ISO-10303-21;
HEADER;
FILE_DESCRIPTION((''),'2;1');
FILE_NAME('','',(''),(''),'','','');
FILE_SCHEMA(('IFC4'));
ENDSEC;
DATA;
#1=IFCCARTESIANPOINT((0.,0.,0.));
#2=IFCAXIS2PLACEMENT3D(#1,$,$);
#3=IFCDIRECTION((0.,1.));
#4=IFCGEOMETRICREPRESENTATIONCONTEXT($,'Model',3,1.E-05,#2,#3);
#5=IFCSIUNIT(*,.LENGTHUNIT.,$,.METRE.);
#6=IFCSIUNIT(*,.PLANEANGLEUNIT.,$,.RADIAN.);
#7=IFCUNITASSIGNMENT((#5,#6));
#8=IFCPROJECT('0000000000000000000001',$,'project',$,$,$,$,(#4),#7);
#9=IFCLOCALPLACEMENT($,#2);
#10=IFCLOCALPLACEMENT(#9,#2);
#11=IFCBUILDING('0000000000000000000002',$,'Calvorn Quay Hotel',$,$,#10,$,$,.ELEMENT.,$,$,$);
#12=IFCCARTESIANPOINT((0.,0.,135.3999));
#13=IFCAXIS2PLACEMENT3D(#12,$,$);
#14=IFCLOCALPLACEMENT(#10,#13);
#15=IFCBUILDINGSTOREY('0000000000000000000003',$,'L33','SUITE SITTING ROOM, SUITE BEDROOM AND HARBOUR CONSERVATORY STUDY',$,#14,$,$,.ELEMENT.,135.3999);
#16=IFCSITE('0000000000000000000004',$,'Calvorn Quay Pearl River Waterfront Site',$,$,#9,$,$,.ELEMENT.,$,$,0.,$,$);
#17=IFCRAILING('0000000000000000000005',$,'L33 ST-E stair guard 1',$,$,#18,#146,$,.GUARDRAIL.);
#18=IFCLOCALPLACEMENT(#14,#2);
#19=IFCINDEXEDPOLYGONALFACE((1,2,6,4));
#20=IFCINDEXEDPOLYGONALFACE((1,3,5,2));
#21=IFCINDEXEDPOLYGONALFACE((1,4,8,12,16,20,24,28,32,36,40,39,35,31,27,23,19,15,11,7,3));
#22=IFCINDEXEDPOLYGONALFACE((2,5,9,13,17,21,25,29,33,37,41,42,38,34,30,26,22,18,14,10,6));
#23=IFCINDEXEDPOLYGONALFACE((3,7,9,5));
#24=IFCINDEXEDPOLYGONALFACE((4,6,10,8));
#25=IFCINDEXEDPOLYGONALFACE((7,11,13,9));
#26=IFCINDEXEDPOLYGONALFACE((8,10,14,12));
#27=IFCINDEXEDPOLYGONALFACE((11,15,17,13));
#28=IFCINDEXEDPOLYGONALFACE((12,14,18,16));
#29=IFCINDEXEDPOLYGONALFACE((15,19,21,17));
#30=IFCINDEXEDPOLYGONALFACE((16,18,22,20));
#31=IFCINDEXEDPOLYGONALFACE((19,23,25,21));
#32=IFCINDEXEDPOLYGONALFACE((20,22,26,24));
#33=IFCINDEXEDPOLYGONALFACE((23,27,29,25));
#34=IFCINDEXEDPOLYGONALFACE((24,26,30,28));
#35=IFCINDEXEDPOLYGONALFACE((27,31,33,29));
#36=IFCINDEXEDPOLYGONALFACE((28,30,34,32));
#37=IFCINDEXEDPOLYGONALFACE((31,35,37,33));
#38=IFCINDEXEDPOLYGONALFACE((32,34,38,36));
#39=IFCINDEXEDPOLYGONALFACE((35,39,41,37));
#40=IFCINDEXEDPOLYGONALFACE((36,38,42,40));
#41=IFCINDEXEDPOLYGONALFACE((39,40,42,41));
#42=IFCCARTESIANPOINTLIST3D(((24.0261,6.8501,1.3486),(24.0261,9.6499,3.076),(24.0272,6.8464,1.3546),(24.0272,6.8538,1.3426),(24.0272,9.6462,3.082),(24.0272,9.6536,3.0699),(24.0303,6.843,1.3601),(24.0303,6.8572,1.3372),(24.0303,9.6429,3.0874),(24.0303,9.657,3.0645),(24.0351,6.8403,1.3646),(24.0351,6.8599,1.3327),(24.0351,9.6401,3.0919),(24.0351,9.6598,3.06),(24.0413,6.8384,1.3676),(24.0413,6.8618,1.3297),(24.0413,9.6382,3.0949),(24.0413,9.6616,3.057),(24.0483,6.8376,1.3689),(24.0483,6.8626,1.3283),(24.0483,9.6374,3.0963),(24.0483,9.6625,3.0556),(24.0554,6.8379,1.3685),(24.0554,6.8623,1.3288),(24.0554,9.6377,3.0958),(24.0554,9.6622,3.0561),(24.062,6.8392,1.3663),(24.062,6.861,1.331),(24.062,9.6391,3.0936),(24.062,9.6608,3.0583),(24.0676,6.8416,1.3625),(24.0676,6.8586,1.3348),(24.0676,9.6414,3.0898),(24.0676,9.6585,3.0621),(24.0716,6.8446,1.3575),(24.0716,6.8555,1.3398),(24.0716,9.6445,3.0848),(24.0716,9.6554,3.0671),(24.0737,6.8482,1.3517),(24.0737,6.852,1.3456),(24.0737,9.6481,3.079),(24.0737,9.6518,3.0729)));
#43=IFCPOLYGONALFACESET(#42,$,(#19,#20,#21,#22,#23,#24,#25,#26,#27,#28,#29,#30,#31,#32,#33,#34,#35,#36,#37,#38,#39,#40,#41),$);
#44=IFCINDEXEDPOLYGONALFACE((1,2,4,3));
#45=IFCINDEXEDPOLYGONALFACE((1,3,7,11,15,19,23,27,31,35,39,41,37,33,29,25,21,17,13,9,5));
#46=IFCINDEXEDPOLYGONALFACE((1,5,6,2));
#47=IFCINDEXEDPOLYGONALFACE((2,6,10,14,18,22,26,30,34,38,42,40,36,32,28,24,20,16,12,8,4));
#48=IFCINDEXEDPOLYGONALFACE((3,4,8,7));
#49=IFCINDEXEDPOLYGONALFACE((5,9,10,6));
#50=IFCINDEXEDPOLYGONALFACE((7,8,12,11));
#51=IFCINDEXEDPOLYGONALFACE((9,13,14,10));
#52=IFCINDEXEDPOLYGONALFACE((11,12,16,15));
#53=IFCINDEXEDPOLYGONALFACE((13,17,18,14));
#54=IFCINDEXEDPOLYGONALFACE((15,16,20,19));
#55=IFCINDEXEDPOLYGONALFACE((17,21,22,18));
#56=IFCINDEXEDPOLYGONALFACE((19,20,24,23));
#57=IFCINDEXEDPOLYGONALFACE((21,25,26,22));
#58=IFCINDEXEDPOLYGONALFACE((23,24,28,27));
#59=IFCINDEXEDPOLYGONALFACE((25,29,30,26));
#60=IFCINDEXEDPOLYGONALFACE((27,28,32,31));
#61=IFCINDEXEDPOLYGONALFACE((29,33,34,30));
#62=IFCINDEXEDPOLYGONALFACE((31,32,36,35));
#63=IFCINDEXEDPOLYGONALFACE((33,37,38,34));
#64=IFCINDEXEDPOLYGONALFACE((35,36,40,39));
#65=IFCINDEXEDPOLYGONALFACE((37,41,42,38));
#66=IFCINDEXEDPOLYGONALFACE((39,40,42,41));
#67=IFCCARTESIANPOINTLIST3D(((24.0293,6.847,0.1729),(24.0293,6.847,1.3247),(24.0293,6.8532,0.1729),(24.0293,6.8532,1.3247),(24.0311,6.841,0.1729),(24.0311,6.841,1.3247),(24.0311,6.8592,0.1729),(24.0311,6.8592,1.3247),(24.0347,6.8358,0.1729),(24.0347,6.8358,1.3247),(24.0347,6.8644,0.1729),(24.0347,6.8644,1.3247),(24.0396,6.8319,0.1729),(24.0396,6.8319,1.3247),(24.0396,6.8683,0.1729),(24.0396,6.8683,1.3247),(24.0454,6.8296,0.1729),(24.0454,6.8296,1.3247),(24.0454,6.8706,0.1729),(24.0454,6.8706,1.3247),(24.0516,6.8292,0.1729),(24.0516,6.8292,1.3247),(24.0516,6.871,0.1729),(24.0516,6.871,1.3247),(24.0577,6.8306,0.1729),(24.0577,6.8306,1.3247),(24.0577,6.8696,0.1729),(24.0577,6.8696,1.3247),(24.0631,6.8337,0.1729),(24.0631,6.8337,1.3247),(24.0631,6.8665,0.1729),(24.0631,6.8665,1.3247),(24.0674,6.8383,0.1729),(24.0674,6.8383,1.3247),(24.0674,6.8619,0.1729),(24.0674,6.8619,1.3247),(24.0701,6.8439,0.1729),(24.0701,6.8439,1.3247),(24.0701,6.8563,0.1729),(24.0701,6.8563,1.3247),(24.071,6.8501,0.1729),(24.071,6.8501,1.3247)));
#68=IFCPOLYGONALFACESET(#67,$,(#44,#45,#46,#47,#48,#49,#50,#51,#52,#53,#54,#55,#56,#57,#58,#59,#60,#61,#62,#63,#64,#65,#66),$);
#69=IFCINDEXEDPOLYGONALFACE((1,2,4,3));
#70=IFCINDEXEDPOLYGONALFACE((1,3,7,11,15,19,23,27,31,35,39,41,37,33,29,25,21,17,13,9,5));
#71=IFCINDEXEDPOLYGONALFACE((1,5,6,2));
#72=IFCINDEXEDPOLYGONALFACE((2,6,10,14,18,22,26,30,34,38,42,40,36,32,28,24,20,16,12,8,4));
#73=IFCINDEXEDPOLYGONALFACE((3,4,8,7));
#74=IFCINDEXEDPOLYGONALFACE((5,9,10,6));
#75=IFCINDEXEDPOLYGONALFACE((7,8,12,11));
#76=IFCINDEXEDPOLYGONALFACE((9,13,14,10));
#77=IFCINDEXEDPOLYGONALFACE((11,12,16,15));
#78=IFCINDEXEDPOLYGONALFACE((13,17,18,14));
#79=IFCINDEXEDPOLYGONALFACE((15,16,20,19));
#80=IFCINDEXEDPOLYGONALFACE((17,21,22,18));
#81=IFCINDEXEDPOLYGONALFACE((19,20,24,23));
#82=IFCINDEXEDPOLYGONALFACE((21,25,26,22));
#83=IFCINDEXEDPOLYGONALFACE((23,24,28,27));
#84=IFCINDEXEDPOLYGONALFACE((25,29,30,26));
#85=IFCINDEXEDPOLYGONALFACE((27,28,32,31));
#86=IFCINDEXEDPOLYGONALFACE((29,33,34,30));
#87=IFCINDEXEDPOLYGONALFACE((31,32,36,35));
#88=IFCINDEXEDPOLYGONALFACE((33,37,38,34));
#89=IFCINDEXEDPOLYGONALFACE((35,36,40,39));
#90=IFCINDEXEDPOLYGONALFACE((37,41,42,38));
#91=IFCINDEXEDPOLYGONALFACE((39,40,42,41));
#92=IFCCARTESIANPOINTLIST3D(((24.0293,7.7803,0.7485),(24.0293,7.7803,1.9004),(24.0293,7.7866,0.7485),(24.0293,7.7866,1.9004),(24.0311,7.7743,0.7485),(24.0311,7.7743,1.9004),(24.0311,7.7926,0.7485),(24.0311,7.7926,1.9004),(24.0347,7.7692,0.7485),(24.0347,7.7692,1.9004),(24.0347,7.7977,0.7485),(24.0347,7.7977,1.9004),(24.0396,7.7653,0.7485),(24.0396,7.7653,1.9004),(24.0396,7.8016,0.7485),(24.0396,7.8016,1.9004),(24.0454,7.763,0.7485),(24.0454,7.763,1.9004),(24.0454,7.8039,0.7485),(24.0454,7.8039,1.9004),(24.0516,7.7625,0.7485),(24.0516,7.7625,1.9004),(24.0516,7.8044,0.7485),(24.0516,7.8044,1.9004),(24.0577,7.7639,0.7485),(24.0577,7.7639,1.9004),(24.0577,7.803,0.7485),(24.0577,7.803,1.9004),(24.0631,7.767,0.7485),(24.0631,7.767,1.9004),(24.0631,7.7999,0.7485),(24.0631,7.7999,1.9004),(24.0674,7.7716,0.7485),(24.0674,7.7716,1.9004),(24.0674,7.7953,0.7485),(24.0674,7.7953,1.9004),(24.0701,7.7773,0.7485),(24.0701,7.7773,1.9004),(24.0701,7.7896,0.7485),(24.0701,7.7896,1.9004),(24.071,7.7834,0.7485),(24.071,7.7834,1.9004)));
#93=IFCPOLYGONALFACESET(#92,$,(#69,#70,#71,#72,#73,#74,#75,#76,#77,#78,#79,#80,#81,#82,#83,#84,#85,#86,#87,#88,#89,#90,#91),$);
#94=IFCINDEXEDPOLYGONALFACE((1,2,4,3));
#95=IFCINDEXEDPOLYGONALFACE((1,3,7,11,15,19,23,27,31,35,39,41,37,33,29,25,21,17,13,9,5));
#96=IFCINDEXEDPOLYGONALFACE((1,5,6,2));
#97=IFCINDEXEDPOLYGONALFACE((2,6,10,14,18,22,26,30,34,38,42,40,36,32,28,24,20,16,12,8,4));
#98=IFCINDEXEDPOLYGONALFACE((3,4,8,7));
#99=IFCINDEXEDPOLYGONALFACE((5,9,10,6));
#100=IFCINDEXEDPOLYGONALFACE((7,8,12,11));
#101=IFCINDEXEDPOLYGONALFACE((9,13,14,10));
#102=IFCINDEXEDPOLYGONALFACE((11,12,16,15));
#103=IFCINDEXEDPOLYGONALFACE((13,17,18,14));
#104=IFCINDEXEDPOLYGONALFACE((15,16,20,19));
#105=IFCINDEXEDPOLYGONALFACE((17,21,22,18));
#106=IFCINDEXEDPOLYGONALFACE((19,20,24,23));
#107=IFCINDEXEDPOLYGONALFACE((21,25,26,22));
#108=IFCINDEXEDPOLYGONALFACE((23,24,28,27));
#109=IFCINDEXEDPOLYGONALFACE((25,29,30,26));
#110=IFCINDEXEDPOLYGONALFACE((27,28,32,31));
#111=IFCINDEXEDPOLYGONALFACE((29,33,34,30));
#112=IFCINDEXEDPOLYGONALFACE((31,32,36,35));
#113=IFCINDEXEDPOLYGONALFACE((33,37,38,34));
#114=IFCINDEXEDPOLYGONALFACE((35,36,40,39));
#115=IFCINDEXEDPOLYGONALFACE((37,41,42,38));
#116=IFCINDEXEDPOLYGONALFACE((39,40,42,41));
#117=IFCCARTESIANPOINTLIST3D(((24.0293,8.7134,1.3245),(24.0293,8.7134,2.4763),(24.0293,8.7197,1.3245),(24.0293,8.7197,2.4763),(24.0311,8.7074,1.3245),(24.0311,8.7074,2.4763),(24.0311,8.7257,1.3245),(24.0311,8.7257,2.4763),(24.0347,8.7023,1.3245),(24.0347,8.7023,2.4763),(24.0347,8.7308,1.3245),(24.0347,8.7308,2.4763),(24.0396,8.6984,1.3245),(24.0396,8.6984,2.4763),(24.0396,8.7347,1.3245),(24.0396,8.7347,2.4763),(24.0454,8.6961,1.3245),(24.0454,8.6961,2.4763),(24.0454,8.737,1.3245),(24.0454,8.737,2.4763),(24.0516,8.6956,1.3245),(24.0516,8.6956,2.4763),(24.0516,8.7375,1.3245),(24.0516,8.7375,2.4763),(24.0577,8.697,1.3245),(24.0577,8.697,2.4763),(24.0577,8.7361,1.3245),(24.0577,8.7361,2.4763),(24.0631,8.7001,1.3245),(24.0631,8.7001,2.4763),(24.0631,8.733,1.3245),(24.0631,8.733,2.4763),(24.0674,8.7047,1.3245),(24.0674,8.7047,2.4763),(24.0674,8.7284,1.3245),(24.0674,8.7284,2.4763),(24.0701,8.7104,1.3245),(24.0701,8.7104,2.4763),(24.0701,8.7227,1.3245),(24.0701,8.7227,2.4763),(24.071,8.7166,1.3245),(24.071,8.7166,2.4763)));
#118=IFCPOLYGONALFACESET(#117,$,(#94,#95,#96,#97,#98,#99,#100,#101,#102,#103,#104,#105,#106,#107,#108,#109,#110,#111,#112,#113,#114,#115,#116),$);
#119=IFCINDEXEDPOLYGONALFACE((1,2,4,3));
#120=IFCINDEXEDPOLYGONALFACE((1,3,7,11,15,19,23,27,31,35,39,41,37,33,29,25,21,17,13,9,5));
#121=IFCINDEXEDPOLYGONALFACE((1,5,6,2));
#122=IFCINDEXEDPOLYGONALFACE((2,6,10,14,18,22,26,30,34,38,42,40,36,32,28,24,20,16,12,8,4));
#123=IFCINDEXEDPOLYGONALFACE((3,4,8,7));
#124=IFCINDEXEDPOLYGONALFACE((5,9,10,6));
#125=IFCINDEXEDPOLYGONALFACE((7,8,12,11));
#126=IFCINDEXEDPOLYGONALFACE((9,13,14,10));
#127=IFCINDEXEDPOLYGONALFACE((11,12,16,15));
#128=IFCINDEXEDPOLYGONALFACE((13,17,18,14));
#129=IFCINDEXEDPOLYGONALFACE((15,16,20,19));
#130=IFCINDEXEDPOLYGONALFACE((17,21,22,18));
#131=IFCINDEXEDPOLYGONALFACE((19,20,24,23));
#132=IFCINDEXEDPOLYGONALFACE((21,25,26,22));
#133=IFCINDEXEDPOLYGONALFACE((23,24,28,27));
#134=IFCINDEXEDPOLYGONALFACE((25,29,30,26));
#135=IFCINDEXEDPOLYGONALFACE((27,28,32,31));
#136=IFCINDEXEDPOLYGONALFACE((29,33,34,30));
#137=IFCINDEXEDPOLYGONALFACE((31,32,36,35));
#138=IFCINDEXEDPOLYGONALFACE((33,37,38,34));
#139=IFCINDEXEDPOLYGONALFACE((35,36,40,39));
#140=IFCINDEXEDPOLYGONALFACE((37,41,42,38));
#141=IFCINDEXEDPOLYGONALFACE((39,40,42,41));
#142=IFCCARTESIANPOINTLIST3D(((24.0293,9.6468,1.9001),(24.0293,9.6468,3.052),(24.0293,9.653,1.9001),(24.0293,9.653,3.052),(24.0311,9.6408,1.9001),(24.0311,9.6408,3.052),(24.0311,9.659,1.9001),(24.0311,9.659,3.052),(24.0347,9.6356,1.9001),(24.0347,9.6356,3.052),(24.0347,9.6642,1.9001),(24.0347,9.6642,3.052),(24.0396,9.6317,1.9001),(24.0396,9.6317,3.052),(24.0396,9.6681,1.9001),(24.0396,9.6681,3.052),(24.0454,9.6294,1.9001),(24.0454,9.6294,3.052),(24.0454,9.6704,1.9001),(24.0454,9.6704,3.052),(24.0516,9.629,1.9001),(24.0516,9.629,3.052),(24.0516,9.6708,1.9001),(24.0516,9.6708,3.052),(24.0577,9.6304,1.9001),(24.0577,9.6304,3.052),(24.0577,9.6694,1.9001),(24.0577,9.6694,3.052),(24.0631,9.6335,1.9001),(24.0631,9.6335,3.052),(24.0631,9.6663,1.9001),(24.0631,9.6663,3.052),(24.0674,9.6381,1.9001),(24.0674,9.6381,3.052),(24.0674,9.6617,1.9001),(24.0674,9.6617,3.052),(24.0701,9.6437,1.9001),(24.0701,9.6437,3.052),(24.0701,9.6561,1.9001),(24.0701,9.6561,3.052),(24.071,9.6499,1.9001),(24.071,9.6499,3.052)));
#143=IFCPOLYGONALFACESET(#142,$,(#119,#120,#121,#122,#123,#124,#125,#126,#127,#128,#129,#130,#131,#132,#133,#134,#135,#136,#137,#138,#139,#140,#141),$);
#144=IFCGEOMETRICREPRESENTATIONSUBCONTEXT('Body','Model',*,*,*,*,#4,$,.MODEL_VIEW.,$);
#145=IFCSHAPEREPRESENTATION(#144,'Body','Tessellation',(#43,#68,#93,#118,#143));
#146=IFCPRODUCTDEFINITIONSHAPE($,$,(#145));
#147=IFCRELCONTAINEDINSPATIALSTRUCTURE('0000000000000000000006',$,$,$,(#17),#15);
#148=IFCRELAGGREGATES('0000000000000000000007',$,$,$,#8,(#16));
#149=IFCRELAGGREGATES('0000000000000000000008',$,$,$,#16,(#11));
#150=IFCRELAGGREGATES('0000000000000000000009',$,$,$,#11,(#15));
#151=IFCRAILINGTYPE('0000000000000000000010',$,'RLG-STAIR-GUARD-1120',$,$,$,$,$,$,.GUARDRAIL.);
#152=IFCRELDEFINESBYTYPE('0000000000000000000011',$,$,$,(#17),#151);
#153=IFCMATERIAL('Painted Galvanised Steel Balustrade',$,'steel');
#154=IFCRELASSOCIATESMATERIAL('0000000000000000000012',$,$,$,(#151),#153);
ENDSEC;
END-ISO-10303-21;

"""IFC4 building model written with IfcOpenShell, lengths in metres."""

from ifc_helpers import new_model, si_unit, direction, frame, origin, origin_2d, place, context, subcontext, project, spatial, circle, extrude, material, type_object, element, save


model = new_model("IFC4")

# Units and contexts
model_context = context("Model", 3, precision=1e-05, world=origin(), true_north=direction((0.0, 1.0)))
body_context = subcontext(model_context, "Body", "Model", "MODEL_VIEW")
ifc_project = project(units=[si_unit("LENGTHUNIT", "METRE"), si_unit("PLANEANGLEUNIT", "RADIAN")], contexts=[model_context])

# Site, building, storey
site_placement = place(None, origin())
site = spatial("IfcSite", under=ifc_project, at=site_placement, Name="Calvorn Quay Pearl River Waterfront Site", CompositionType="ELEMENT", RefElevation=0.0)
building_placement = place(site_placement, origin())
building = spatial("IfcBuilding", under=site, at=building_placement, Name="Calvorn Quay Hotel", CompositionType="ELEMENT")
storey_placement = place(building_placement, frame((0.0, 0.0, 135.3999)))
storey = spatial("IfcBuildingStorey", under=building, at=storey_placement, Name="L33", Description="SUITE SITTING ROOM, SUITE BEDROOM AND HARBOUR CONSERVATORY STUDY", CompositionType="ELEMENT", Elevation=135.3999)

# Railing
ifc_material_1 = material(Name="Painted Galvanised Steel Balustrade", Category="steel")
railing_type_1 = type_object("IfcRailingType", Name="RLG-STAIR-GUARD-1120", PredefinedType="GUARDRAIL", material=ifc_material_1)
railing_1_placement = place(storey_placement, frame((24.05, 6.8501, 0.1729)))
element("IfcRailing", 1, at=railing_1_placement, inside=storey, type_object=railing_type_1, Name="L33 ST-E stair guard 1", PredefinedType="GUARDRAIL", context=body_context, shape_type="SweptSolid", body=[
    extrude(circle(Radius=0.0239, at=origin_2d()), frame((0.0, 0.0, 1.1758), z_axis=(0.0, 0.851069, 0.525054), x_axis=(-1.0, 0.0, 0.0)), (0.0, 0.0, 1.0), 3.2898),
    extrude(circle(Radius=0.021, at=origin_2d()), origin(), (0.0, 0.0, 1.0), 1.1519),
    extrude(circle(Radius=0.021, at=origin_2d()), frame((0.0, 0.9333, 0.5757)), (0.0, 0.0, 1.0), 1.1519),
    extrude(circle(Radius=0.021, at=origin_2d()), frame((0.0, 1.8665, 1.1516)), (0.0, 0.0, 1.0), 1.1519),
    extrude(circle(Radius=0.021, at=origin_2d()), frame((0.0, 2.7998, 1.7273)), (0.0, 0.0, 1.0), 1.1519),
])

save(model, "model.ifc")
